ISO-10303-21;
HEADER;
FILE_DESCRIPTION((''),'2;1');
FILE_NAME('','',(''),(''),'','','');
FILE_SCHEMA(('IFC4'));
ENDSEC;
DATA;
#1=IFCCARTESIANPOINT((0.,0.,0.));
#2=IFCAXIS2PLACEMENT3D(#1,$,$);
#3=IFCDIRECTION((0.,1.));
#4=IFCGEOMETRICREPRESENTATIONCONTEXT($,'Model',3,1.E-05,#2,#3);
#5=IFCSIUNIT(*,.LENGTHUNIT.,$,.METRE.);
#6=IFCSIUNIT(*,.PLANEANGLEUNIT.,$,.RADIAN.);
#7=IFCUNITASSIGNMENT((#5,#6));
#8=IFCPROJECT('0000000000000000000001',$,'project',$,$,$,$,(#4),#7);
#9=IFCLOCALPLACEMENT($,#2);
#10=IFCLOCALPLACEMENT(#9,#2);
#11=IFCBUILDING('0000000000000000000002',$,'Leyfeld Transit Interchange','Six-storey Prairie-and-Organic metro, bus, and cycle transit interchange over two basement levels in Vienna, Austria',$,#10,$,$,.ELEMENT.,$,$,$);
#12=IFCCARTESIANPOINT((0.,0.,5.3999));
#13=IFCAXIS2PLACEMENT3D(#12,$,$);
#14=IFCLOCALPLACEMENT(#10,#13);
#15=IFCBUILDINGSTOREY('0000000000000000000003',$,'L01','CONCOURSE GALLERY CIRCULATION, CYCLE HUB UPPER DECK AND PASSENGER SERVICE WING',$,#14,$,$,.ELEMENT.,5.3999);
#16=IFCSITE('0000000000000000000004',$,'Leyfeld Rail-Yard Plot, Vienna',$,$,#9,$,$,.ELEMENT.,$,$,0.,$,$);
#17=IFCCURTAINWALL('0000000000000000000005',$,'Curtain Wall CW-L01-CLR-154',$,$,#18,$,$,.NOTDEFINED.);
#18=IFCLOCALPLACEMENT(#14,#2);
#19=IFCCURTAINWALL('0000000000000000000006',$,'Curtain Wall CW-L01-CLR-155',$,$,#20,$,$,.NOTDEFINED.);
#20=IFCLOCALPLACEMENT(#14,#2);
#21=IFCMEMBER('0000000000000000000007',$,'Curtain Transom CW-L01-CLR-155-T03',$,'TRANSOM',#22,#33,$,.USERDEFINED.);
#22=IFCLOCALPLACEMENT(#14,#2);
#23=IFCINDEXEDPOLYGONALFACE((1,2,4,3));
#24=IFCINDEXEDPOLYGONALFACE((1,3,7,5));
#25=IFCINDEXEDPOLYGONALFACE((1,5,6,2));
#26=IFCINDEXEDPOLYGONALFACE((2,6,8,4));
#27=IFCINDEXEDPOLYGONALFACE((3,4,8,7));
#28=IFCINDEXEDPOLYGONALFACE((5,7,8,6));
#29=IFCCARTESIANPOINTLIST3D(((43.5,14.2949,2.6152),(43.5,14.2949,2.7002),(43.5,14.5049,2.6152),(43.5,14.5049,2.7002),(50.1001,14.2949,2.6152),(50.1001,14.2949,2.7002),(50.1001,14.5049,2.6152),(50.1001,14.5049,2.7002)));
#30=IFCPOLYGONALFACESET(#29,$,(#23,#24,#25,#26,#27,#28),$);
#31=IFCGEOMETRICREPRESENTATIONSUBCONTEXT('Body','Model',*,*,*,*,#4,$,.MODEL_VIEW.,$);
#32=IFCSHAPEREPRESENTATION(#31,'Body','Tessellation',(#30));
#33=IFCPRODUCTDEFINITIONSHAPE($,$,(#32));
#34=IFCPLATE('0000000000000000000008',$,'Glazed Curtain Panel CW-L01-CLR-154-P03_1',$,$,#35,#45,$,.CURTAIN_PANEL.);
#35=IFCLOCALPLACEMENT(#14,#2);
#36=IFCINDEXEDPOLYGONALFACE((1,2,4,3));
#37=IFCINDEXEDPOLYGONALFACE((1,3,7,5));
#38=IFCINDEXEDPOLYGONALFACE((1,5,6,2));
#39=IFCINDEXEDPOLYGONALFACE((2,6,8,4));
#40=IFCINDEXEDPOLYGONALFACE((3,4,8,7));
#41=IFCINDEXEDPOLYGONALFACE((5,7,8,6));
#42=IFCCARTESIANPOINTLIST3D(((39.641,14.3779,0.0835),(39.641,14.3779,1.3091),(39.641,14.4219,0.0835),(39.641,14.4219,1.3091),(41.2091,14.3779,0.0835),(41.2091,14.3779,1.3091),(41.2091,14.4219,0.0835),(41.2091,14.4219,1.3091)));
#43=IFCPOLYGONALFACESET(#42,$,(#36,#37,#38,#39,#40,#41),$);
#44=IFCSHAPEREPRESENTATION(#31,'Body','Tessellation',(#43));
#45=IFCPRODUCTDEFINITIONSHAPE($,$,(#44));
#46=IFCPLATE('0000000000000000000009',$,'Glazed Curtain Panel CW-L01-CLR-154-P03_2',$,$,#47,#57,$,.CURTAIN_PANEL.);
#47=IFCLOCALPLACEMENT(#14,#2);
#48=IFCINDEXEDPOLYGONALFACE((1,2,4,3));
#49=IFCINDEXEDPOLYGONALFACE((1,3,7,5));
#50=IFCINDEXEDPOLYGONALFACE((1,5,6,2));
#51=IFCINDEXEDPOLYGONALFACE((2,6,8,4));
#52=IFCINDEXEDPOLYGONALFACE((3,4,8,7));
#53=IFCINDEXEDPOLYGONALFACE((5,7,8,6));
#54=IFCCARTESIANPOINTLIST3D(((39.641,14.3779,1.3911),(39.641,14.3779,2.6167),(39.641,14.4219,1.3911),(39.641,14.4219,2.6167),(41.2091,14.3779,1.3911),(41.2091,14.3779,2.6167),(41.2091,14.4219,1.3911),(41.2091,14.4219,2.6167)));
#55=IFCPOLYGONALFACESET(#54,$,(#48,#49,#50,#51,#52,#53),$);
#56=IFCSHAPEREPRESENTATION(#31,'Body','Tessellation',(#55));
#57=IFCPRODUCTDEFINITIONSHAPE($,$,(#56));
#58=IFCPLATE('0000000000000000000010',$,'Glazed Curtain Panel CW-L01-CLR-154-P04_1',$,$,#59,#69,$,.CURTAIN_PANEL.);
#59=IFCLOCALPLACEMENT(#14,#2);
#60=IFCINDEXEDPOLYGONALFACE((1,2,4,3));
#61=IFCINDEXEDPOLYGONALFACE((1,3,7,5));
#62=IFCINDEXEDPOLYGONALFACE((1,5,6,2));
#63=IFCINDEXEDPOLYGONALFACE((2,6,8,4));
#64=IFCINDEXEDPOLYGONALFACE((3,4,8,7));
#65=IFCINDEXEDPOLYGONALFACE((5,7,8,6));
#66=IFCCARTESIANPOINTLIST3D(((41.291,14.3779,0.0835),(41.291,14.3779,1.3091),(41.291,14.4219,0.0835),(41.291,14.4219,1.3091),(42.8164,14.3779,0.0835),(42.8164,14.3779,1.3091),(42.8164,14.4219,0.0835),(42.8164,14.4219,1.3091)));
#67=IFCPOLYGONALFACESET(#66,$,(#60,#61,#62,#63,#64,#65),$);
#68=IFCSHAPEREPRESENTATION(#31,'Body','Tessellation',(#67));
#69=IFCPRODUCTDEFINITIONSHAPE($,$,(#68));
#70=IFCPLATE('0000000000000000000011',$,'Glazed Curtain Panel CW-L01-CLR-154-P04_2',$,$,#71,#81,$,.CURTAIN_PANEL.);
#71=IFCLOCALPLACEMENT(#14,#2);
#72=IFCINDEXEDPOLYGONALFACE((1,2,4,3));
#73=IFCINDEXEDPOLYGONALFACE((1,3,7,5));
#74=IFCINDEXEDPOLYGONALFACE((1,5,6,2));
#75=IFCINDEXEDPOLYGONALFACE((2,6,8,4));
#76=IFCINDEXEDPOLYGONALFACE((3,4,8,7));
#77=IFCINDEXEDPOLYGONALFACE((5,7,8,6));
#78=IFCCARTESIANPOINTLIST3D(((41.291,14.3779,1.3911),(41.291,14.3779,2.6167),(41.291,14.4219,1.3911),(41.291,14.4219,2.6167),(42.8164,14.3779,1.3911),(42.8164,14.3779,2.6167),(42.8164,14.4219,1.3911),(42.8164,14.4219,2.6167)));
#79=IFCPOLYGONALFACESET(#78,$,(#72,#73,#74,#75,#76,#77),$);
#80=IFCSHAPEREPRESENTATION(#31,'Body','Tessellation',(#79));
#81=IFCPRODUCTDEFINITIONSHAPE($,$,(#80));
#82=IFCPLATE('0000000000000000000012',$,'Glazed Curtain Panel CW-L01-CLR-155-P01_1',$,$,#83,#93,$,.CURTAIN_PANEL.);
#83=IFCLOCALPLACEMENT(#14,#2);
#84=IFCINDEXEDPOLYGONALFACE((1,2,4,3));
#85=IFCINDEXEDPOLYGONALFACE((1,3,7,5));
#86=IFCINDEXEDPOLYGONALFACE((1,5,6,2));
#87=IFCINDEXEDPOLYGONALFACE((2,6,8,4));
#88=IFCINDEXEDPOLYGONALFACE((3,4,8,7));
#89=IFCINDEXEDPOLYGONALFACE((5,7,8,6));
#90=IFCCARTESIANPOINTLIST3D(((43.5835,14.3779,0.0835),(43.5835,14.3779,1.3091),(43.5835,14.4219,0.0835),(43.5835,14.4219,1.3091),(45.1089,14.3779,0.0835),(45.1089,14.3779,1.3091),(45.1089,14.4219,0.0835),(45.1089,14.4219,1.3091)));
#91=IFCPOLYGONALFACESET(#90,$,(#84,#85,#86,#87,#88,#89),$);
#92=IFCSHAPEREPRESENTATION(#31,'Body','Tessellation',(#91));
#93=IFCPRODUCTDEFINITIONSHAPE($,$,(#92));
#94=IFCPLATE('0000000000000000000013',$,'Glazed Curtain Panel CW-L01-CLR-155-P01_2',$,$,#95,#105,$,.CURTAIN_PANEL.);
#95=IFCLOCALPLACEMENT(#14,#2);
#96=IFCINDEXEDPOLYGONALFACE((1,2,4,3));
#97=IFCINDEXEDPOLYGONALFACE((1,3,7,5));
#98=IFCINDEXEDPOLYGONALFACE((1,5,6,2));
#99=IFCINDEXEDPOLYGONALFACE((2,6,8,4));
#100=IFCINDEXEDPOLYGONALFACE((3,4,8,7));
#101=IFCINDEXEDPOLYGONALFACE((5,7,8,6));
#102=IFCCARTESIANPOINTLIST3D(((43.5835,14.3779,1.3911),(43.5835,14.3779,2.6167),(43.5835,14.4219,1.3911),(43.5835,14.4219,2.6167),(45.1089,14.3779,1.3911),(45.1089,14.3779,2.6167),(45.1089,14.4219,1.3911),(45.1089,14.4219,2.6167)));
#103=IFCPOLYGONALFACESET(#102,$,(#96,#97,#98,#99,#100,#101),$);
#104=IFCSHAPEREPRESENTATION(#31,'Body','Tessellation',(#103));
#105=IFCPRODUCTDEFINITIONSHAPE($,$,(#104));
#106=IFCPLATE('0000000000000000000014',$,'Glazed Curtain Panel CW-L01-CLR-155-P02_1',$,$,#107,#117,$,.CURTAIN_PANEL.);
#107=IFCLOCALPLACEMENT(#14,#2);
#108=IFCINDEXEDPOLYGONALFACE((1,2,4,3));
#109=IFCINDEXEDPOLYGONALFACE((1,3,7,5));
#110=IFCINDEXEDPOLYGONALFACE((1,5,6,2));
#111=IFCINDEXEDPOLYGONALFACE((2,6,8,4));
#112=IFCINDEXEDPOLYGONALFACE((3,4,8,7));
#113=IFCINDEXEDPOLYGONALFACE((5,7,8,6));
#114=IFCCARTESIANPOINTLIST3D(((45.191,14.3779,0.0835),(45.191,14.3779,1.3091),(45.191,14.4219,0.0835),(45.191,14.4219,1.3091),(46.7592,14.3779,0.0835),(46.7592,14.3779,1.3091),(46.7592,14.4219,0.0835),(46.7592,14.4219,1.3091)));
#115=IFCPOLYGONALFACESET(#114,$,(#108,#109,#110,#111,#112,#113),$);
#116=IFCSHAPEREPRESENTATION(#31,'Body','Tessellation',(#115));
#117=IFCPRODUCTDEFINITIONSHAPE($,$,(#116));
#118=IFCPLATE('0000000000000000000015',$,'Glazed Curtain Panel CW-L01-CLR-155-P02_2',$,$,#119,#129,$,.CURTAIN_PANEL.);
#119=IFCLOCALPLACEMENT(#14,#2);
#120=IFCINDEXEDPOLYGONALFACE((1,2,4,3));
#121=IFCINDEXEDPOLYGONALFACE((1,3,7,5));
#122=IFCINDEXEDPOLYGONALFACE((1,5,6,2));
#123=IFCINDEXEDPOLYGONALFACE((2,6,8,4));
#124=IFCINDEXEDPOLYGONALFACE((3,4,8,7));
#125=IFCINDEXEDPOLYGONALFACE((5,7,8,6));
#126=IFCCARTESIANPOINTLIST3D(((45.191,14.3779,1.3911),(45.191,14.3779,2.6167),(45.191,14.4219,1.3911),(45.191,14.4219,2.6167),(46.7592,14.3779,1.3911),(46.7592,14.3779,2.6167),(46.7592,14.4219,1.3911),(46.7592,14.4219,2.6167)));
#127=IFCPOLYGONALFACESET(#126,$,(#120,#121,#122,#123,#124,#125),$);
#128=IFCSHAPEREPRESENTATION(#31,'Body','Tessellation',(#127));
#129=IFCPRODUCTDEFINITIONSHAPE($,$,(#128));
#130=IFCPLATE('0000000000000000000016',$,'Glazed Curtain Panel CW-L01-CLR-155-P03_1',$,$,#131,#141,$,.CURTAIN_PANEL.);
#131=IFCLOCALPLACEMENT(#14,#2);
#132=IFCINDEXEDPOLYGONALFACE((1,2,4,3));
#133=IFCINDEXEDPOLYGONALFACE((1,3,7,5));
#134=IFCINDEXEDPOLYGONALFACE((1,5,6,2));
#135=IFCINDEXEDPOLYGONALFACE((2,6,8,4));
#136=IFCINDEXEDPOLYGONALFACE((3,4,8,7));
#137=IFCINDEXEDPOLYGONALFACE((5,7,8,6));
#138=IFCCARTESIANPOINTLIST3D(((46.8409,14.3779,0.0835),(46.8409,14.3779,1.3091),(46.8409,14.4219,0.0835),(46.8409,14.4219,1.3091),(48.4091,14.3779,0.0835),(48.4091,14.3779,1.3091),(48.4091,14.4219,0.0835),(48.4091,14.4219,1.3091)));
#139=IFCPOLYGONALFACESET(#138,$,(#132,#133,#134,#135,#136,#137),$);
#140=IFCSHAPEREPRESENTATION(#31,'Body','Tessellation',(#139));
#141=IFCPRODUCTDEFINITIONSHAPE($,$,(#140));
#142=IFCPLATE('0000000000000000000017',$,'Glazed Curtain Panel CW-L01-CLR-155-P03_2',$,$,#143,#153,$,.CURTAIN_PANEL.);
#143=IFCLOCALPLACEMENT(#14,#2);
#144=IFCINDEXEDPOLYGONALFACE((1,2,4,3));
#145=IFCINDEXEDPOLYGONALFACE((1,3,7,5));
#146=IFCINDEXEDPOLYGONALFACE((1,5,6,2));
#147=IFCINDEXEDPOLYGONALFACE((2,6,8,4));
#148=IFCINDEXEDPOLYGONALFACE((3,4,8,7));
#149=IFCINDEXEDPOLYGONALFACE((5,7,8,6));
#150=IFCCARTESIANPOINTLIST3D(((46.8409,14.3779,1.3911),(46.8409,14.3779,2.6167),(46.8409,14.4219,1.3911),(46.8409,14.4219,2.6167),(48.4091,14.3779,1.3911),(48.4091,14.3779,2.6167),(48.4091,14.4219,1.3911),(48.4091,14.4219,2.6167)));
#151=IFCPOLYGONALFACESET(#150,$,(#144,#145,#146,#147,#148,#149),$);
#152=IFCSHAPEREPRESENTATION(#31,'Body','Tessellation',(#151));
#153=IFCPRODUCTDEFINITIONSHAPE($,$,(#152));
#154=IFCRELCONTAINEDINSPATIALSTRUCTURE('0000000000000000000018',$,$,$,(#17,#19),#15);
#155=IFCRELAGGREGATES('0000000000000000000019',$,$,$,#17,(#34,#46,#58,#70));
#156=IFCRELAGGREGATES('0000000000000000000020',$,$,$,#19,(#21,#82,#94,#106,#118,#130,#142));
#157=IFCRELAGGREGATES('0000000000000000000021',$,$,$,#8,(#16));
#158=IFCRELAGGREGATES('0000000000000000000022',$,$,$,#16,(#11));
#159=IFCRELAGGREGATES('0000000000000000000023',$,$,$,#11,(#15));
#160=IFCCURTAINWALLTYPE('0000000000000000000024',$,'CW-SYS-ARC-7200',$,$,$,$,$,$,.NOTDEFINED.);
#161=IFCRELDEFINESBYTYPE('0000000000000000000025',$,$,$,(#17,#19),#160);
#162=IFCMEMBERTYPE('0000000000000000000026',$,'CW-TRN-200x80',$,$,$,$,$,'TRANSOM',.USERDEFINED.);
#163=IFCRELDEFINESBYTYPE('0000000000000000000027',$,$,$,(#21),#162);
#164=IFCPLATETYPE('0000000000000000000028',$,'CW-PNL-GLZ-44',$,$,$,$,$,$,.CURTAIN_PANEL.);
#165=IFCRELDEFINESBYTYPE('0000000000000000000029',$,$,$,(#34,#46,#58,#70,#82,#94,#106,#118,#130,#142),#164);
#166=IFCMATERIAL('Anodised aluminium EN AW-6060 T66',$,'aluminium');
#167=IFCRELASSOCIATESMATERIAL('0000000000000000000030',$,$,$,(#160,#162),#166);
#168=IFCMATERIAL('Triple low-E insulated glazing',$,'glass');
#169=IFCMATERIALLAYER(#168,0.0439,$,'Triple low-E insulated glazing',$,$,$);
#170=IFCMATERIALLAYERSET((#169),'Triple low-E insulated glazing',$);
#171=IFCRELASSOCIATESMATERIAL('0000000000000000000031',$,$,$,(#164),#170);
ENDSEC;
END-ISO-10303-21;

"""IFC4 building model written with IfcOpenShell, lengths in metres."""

from ifc_helpers import new_model, si_unit, direction, frame, origin, origin_2d, place, context, subcontext, project, spatial, rectangle, extrude, material, layer, layer_set, material_profile, profile_set, type_object, element, aggregate, save


model = new_model("IFC4")

# Units and contexts
model_context = context("Model", 3, precision=1e-05, world=origin(), true_north=direction((0.0, 1.0)))
body_context = subcontext(model_context, "Body", "Model", "MODEL_VIEW")
ifc_project = project(units=[si_unit("LENGTHUNIT", "METRE"), si_unit("PLANEANGLEUNIT", "RADIAN")], contexts=[model_context])

# Site, building, storey
site_placement = place(None, origin())
site = spatial("IfcSite", under=ifc_project, at=site_placement, Name="Leyfeld Rail-Yard Plot, Vienna", CompositionType="ELEMENT", RefElevation=0.0)
building_placement = place(site_placement, origin())
building = spatial("IfcBuilding", under=site, at=building_placement, Name="Leyfeld Transit Interchange", Description="Six-storey Prairie-and-Organic metro, bus, and cycle transit interchange over two basement levels in Vienna, Austria", CompositionType="ELEMENT")
storey_placement = place(building_placement, frame((0.0, 0.0, 5.3999)))
storey = spatial("IfcBuildingStorey", under=building, at=storey_placement, Name="L01", Description="CONCOURSE GALLERY CIRCULATION, CYCLE HUB UPPER DECK AND PASSENGER SERVICE WING", CompositionType="ELEMENT", Elevation=5.3999)

# Curtain walls, member
ifc_material_1 = material(Name="Anodised aluminium EN AW-6060 T66", Category="aluminium")
curtain_wall_type = type_object("IfcCurtainWallType", Name="CW-SYS-ARC-7200", PredefinedType="NOTDEFINED", material=ifc_material_1)
curtain_wall_1_placement = place(storey_placement, origin())
curtain_wall_1 = element("IfcCurtainWall", 1, at=curtain_wall_1_placement, inside=storey, type_object=curtain_wall_type, Name="Curtain Wall CW-L01-CLR-154", PredefinedType="NOTDEFINED")
curtain_wall_2_placement = place(storey_placement, origin())
curtain_wall_2 = element("IfcCurtainWall", 2, at=curtain_wall_2_placement, inside=storey, type_object=curtain_wall_type, Name="Curtain Wall CW-L01-CLR-155", PredefinedType="NOTDEFINED")
ifc_material_profile_1 = material_profile(ifc_material_1, rectangle(XDim=0.21, YDim=0.085, at=origin_2d()), Name="CW-TRN-200x80")
ifc_profile_set_1 = profile_set([ifc_material_profile_1], Name="Anodised aluminium EN AW-6060 T66")
member_type_1 = type_object("IfcMemberType", Name="CW-TRN-200x80", ElementType="TRANSOM", PredefinedType="USERDEFINED", material=ifc_profile_set_1)
member_1_placement = place(storey_placement, frame((43.5, 14.3999, 2.6577), z_axis=(1.0, 0.0, 0.0), x_axis=(0.0, 1.0, 0.0)))
member_1 = element("IfcMember", 3, at=member_1_placement, type_object=member_type_1, Name="Curtain Transom CW-L01-CLR-155-T03", ObjectType="TRANSOM", PredefinedType="USERDEFINED", context=body_context, shape_type="SweptSolid", body=[
    extrude(rectangle(XDim=0.21, YDim=0.085, at=origin_2d()), origin(), (0.0, 0.0, 1.0), 6.6001),
])

# Plates
ifc_material_2 = material(Name="Triple low-E insulated glazing", Category="glass")
ifc_layer = layer(ifc_material_2, 0.0439, Name="Triple low-E insulated glazing")
ifc_layer_set = layer_set([ifc_layer], Name="Triple low-E insulated glazing")
plate_type = type_object("IfcPlateType", Name="CW-PNL-GLZ-44", PredefinedType="CURTAIN_PANEL", material=ifc_layer_set)
plate_1_placement = place(storey_placement, frame((40.425, 14.3999, 0.0835), z_axis=(0.0, 0.0, 1.0), x_axis=(1.0, 0.0, 0.0)))
plate_1 = element("IfcPlate", 4, at=plate_1_placement, type_object=plate_type, Name="Glazed Curtain Panel CW-L01-CLR-154-P03_1", PredefinedType="CURTAIN_PANEL", context=body_context, shape_type="SweptSolid", body=[
    extrude(rectangle(XDim=1.5681, YDim=0.0439, at=origin_2d()), origin(), (0.0, 0.0, 1.0), 1.2256),
])
plate_2_placement = place(storey_placement, frame((40.425, 14.3999, 1.3911), z_axis=(0.0, 0.0, 1.0), x_axis=(1.0, 0.0, 0.0)))
plate_2 = element("IfcPlate", 5, at=plate_2_placement, type_object=plate_type, Name="Glazed Curtain Panel CW-L01-CLR-154-P03_2", PredefinedType="CURTAIN_PANEL", context=body_context, shape_type="SweptSolid", body=[
    extrude(rectangle(XDim=1.5681, YDim=0.0439, at=origin_2d()), origin(), (0.0, 0.0, 1.0), 1.2256),
])
plate_3_placement = place(storey_placement, frame((42.0537, 14.3999, 0.0835), z_axis=(0.0, 0.0, 1.0), x_axis=(1.0, 0.0, 0.0)))
plate_3 = element("IfcPlate", 6, at=plate_3_placement, type_object=plate_type, Name="Glazed Curtain Panel CW-L01-CLR-154-P04_1", PredefinedType="CURTAIN_PANEL", context=body_context, shape_type="SweptSolid", body=[
    extrude(rectangle(XDim=1.5254, YDim=0.0439, at=origin_2d()), origin(), (0.0, 0.0, 1.0), 1.2256),
])
plate_4_placement = place(storey_placement, frame((42.0537, 14.3999, 1.3911), z_axis=(0.0, 0.0, 1.0), x_axis=(1.0, 0.0, 0.0)))
plate_4 = element("IfcPlate", 7, at=plate_4_placement, type_object=plate_type, Name="Glazed Curtain Panel CW-L01-CLR-154-P04_2", PredefinedType="CURTAIN_PANEL", context=body_context, shape_type="SweptSolid", body=[
    extrude(rectangle(XDim=1.5254, YDim=0.0439, at=origin_2d()), origin(), (0.0, 0.0, 1.0), 1.2256),
])
aggregate(curtain_wall_1, [plate_1, plate_2, plate_3, plate_4])
plate_5_placement = place(storey_placement, frame((44.3462, 14.3999, 0.0835), z_axis=(0.0, 0.0, 1.0), x_axis=(1.0, 0.0, 0.0)))
plate_5 = element("IfcPlate", 8, at=plate_5_placement, type_object=plate_type, Name="Glazed Curtain Panel CW-L01-CLR-155-P01_1", PredefinedType="CURTAIN_PANEL", context=body_context, shape_type="SweptSolid", body=[
    extrude(rectangle(XDim=1.5254, YDim=0.0439, at=origin_2d()), origin(), (0.0, 0.0, 1.0), 1.2256),
])
plate_6_placement = place(storey_placement, frame((44.3462, 14.3999, 1.3911), z_axis=(0.0, 0.0, 1.0), x_axis=(1.0, 0.0, 0.0)))
plate_6 = element("IfcPlate", 9, at=plate_6_placement, type_object=plate_type, Name="Glazed Curtain Panel CW-L01-CLR-155-P01_2", PredefinedType="CURTAIN_PANEL", context=body_context, shape_type="SweptSolid", body=[
    extrude(rectangle(XDim=1.5254, YDim=0.0439, at=origin_2d()), origin(), (0.0, 0.0, 1.0), 1.2256),
])
plate_7_placement = place(storey_placement, frame((45.9751, 14.3999, 0.0835), z_axis=(0.0, 0.0, 1.0), x_axis=(1.0, 0.0, 0.0)))
plate_7 = element("IfcPlate", 10, at=plate_7_placement, type_object=plate_type, Name="Glazed Curtain Panel CW-L01-CLR-155-P02_1", PredefinedType="CURTAIN_PANEL", context=body_context, shape_type="SweptSolid", body=[
    extrude(rectangle(XDim=1.5681, YDim=0.0439, at=origin_2d()), origin(), (0.0, 0.0, 1.0), 1.2256),
])
plate_8_placement = place(storey_placement, frame((45.9751, 14.3999, 1.3911), z_axis=(0.0, 0.0, 1.0), x_axis=(1.0, 0.0, 0.0)))
plate_8 = element("IfcPlate", 11, at=plate_8_placement, type_object=plate_type, Name="Glazed Curtain Panel CW-L01-CLR-155-P02_2", PredefinedType="CURTAIN_PANEL", context=body_context, shape_type="SweptSolid", body=[
    extrude(rectangle(XDim=1.5681, YDim=0.0439, at=origin_2d()), origin(), (0.0, 0.0, 1.0), 1.2256),
])
plate_9_placement = place(storey_placement, frame((47.625, 14.3999, 0.0835), z_axis=(0.0, 0.0, 1.0), x_axis=(1.0, 0.0, 0.0)))
plate_9 = element("IfcPlate", 12, at=plate_9_placement, type_object=plate_type, Name="Glazed Curtain Panel CW-L01-CLR-155-P03_1", PredefinedType="CURTAIN_PANEL", context=body_context, shape_type="SweptSolid", body=[
    extrude(rectangle(XDim=1.5681, YDim=0.0439, at=origin_2d()), origin(), (0.0, 0.0, 1.0), 1.2256),
])
plate_10_placement = place(storey_placement, frame((47.625, 14.3999, 1.3911), z_axis=(0.0, 0.0, 1.0), x_axis=(1.0, 0.0, 0.0)))
plate_10 = element("IfcPlate", 13, at=plate_10_placement, type_object=plate_type, Name="Glazed Curtain Panel CW-L01-CLR-155-P03_2", PredefinedType="CURTAIN_PANEL", context=body_context, shape_type="SweptSolid", body=[
    extrude(rectangle(XDim=1.5681, YDim=0.0439, at=origin_2d()), origin(), (0.0, 0.0, 1.0), 1.2256),
])
aggregate(curtain_wall_2, [member_1, plate_5, plate_6, plate_7, plate_8, plate_9, plate_10])

save(model, "model.ifc")
